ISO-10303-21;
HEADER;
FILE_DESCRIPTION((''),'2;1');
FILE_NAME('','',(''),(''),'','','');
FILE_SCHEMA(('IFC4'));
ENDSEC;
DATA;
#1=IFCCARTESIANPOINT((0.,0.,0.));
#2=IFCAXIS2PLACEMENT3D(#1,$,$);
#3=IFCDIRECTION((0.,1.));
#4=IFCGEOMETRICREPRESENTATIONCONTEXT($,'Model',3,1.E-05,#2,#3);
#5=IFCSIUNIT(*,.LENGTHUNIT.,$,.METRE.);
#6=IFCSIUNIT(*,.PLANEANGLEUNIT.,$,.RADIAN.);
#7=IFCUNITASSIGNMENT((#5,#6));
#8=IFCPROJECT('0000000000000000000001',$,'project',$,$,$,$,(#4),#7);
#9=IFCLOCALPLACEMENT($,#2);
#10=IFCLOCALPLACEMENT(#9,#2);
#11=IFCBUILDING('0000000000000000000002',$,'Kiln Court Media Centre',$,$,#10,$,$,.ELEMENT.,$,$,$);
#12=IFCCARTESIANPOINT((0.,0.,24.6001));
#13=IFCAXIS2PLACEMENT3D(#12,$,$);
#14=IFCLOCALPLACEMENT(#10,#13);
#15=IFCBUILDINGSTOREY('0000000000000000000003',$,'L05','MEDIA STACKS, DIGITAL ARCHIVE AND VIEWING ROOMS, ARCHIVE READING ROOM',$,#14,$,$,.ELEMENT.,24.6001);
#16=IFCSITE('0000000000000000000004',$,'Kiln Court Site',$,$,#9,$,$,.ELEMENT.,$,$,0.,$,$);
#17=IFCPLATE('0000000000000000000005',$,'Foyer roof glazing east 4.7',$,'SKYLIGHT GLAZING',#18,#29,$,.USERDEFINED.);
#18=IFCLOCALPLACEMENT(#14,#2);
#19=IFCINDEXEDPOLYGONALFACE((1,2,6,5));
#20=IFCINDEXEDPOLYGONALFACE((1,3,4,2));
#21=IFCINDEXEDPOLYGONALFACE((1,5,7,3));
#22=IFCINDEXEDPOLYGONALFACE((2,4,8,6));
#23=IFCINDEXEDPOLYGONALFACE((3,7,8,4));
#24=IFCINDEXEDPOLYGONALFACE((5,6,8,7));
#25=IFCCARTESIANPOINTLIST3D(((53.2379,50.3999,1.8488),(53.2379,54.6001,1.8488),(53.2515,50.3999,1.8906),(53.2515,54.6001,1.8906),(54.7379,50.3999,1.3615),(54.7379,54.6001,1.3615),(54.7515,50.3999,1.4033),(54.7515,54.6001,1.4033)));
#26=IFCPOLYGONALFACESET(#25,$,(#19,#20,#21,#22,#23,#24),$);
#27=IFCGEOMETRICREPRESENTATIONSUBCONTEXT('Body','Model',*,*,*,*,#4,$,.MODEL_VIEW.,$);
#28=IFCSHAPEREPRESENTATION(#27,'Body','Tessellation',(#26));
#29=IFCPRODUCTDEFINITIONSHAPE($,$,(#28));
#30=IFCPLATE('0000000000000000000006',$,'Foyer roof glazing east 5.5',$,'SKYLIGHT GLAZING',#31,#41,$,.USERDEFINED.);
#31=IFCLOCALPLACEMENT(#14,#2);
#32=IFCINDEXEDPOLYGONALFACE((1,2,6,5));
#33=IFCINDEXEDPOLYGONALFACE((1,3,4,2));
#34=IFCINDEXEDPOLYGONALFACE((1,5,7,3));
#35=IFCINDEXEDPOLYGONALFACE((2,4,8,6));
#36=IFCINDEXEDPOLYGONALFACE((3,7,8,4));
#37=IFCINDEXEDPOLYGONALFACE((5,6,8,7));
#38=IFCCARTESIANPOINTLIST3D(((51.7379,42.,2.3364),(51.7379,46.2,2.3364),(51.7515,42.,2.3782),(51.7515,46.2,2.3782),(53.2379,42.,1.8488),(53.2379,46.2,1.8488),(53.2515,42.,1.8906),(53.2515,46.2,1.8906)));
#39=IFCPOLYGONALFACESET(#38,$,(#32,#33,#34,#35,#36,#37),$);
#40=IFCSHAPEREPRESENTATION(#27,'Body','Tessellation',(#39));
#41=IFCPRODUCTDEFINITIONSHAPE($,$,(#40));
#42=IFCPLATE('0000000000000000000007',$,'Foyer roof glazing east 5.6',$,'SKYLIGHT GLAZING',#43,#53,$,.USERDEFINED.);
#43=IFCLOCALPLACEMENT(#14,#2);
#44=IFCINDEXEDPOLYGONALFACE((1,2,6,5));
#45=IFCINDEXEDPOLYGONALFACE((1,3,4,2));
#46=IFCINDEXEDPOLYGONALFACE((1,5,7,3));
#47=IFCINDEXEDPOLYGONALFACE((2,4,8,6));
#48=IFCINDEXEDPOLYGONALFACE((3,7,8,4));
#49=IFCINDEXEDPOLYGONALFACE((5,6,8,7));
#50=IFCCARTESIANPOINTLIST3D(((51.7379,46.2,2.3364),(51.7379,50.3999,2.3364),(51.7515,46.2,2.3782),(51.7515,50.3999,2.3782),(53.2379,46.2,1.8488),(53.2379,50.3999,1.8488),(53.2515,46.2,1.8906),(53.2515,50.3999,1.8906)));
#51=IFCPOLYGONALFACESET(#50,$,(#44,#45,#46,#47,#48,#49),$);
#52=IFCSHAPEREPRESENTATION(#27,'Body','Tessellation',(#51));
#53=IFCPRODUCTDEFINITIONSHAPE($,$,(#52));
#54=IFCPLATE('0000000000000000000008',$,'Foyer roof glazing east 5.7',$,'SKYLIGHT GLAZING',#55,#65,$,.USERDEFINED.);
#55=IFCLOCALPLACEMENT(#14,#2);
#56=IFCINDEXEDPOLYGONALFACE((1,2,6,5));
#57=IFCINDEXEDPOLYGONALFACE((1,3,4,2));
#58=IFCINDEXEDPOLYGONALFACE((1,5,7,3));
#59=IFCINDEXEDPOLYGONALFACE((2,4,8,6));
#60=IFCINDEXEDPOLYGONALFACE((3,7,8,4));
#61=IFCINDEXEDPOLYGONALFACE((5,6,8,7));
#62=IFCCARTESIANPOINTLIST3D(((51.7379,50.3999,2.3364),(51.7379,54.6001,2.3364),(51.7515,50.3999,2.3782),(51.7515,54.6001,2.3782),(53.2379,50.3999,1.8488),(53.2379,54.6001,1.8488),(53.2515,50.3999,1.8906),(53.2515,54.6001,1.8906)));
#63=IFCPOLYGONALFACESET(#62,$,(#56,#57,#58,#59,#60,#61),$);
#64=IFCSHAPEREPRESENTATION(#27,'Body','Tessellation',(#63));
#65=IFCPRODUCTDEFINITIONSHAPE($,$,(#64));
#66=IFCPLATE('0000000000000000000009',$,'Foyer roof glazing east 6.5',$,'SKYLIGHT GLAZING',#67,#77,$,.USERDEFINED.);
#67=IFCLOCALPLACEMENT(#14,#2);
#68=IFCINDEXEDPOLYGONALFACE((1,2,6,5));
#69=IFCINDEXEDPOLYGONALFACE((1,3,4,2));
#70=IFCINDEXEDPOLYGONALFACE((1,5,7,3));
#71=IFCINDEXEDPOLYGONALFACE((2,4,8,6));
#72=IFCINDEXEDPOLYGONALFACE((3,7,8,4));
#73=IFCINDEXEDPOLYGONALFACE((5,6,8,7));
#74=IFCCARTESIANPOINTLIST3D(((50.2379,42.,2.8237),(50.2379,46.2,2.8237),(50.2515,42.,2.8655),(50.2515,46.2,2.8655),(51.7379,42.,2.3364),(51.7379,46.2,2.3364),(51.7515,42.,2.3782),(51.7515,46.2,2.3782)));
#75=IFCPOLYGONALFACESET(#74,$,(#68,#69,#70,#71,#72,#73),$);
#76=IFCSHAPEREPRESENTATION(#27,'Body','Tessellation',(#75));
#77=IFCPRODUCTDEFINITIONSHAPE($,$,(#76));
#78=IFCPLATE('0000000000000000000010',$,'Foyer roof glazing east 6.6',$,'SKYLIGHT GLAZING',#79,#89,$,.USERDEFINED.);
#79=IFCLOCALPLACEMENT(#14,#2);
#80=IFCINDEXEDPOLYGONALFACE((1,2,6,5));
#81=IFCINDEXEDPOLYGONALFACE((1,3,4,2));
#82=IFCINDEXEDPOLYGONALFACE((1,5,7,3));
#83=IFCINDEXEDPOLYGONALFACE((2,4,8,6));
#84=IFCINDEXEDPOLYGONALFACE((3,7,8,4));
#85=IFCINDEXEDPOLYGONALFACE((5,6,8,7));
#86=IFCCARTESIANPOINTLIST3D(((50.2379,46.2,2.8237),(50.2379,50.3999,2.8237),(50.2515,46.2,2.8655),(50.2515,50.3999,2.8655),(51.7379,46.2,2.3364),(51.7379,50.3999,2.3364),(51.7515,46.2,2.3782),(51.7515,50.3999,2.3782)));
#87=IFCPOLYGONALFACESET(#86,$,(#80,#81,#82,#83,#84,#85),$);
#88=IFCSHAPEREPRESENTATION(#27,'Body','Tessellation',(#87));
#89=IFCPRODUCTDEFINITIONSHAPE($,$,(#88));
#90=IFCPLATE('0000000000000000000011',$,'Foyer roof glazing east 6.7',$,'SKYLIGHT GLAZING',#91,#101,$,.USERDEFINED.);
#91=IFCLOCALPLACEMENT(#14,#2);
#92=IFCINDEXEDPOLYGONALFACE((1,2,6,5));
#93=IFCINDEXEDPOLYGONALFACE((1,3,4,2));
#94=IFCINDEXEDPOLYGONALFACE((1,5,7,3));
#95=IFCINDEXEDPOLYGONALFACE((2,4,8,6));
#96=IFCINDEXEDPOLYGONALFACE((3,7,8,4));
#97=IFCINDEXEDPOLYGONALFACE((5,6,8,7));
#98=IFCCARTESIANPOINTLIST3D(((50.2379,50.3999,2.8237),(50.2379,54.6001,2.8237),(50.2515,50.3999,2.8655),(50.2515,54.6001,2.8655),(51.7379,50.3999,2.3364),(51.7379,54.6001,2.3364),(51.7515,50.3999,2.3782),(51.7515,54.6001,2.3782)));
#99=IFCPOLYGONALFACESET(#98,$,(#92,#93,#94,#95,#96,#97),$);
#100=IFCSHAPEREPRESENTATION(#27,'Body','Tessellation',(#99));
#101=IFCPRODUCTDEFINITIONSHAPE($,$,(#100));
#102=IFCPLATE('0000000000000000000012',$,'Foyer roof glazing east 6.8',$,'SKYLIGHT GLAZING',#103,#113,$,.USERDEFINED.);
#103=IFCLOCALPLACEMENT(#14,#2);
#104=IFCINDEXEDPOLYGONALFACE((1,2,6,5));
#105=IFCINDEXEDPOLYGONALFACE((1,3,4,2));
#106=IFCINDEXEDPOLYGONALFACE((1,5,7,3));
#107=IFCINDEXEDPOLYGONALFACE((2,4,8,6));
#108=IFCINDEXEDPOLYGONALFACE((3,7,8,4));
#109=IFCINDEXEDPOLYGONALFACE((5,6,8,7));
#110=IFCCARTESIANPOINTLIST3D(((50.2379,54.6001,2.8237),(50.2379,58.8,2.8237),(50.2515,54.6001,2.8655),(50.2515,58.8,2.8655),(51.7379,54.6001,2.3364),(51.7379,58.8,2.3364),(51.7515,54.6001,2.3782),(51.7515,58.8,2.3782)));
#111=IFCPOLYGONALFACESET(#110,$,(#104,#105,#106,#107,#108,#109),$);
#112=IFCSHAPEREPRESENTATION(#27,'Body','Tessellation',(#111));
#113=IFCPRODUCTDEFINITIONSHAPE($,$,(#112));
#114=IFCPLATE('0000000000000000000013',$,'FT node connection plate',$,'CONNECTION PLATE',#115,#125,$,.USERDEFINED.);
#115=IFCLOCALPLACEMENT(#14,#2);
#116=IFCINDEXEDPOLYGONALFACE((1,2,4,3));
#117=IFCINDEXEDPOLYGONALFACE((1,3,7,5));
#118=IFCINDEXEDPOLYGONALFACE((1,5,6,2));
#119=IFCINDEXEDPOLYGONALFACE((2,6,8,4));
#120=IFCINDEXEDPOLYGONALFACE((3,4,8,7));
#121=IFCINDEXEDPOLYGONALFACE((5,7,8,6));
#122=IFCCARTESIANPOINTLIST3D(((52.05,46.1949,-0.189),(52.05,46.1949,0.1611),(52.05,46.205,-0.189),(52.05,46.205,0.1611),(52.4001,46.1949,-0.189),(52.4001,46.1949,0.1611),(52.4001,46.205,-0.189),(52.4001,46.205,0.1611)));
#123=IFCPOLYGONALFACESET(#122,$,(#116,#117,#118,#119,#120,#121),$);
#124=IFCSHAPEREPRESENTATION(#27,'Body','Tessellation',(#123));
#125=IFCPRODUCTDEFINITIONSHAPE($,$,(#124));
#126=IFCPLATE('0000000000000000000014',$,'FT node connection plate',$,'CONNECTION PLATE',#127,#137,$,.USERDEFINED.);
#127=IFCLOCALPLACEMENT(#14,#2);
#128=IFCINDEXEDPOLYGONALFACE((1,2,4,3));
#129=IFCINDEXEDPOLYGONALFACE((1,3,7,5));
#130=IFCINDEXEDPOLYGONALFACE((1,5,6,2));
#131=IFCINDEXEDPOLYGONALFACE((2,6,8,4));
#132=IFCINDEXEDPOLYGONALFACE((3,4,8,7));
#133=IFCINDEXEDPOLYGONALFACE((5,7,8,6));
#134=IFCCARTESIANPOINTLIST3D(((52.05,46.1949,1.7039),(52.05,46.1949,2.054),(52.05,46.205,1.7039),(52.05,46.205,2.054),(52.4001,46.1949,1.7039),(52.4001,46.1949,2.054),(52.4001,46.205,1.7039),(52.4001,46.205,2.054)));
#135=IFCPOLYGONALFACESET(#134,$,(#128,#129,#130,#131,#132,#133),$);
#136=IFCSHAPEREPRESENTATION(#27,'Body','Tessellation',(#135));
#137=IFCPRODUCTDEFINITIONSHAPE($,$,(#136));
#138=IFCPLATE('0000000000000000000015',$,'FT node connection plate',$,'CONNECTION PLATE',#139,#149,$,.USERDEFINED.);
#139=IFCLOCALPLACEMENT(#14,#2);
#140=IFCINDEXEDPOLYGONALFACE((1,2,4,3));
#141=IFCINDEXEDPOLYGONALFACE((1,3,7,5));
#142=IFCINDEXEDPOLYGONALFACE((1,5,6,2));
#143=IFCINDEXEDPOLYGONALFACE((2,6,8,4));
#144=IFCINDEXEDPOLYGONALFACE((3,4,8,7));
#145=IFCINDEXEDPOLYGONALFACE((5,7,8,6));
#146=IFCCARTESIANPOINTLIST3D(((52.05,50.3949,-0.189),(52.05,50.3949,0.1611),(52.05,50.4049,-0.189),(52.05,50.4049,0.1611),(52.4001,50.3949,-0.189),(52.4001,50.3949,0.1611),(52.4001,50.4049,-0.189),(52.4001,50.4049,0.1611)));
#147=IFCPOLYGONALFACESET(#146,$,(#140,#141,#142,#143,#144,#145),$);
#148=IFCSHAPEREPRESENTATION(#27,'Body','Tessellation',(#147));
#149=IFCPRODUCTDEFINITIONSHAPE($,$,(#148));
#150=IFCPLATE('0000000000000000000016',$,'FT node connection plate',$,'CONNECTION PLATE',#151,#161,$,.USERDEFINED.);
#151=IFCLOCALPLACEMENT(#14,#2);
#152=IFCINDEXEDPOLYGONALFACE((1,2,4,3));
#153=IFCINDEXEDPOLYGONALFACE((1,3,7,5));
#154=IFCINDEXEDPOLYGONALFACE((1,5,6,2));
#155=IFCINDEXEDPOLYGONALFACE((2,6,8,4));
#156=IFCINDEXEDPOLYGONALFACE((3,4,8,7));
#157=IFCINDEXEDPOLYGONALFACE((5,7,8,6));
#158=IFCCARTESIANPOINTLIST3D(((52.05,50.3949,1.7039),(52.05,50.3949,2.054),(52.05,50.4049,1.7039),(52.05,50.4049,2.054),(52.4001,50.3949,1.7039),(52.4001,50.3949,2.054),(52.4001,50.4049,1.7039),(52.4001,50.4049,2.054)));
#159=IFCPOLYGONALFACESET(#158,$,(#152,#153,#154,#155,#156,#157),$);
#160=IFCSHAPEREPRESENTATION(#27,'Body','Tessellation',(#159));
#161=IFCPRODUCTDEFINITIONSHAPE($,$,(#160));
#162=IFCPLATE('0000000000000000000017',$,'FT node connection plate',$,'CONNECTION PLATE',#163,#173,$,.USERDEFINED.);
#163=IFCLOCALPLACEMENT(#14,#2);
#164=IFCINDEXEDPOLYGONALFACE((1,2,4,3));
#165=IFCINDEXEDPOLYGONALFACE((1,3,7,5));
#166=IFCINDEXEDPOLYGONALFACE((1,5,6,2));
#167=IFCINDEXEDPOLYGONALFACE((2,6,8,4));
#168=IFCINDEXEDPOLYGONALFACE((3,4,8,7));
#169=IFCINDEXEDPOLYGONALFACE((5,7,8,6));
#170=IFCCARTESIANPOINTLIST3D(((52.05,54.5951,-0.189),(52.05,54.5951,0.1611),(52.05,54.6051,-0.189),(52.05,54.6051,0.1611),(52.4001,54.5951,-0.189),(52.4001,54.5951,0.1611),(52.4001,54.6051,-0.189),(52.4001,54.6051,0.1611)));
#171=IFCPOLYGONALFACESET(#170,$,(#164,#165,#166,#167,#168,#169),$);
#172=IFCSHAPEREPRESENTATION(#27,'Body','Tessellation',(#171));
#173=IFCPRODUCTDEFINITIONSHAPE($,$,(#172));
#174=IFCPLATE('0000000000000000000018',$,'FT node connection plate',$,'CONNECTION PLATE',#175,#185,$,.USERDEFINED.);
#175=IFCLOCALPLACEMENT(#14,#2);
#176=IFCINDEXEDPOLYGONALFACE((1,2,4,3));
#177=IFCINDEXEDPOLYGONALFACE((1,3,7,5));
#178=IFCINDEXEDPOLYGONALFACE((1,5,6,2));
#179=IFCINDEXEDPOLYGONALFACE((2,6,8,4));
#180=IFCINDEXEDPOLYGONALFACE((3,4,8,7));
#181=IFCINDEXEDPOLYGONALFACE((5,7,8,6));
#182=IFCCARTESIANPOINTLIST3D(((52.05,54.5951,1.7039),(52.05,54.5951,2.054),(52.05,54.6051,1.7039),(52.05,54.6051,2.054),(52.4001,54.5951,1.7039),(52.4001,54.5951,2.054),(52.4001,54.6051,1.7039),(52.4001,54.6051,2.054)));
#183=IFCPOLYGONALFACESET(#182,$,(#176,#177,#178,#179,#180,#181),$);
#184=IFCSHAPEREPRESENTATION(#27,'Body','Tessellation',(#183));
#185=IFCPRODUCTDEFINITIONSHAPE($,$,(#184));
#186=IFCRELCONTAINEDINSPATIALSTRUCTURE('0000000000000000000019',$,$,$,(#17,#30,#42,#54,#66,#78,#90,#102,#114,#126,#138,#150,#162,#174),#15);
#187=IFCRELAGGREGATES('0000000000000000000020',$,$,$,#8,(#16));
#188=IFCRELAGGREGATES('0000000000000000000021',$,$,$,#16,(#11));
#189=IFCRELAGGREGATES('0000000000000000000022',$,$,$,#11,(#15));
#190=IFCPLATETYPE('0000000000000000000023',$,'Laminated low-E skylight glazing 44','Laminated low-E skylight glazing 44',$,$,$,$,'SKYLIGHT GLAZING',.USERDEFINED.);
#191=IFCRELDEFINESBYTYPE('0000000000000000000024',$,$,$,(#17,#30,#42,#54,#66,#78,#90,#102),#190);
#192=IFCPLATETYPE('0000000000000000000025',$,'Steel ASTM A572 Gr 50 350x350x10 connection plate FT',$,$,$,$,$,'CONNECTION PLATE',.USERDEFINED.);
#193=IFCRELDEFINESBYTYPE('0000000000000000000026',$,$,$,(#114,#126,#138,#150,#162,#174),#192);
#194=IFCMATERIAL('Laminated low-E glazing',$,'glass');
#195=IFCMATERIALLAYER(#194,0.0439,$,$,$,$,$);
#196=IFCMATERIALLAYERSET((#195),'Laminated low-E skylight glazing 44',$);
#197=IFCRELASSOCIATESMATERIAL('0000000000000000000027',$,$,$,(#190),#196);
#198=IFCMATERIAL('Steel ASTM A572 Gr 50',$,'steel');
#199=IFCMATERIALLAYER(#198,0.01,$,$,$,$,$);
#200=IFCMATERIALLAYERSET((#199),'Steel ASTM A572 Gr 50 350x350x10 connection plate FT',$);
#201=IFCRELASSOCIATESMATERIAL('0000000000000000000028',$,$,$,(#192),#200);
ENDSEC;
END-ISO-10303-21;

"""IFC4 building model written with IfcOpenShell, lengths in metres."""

from ifc_helpers import new_model, si_unit, direction, frame, origin, origin_2d, place, context, subcontext, project, spatial, polyline, rectangle, outline, extrude, material, layer, layer_set, type_object, element, save


model = new_model("IFC4")

# Units and contexts
model_context = context("Model", 3, precision=1e-05, world=origin(), true_north=direction((0.0, 1.0)))
body_context = subcontext(model_context, "Body", "Model", "MODEL_VIEW")
ifc_project = project(units=[si_unit("LENGTHUNIT", "METRE"), si_unit("PLANEANGLEUNIT", "RADIAN")], contexts=[model_context])

# Site, building, storey
site_placement = place(None, origin())
site = spatial("IfcSite", under=ifc_project, at=site_placement, Name="Kiln Court Site", CompositionType="ELEMENT", RefElevation=0.0)
building_placement = place(site_placement, origin())
building = spatial("IfcBuilding", under=site, at=building_placement, Name="Kiln Court Media Centre", CompositionType="ELEMENT")
storey_placement = place(building_placement, frame((0.0, 0.0, 24.6001)))
storey = spatial("IfcBuildingStorey", under=building, at=storey_placement, Name="L05", Description="MEDIA STACKS, DIGITAL ARCHIVE AND VIEWING ROOMS, ARCHIVE READING ROOM", CompositionType="ELEMENT", Elevation=24.6001)

# Plates
ifc_material_1 = material(Name="Laminated low-E glazing", Category="glass")
ifc_layer_1 = layer(ifc_material_1, 0.0439)
ifc_layer_set_1 = layer_set([ifc_layer_1], Name="Laminated low-E skylight glazing 44")
plate_type_1 = type_object("IfcPlateType", Name="Laminated low-E skylight glazing 44", Description="Laminated low-E skylight glazing 44", ElementType="SKYLIGHT GLAZING", PredefinedType="USERDEFINED", material=ifc_layer_set_1)
plate_1_placement = place(storey_placement, frame((54.7515, 54.6001, 1.4033), z_axis=(0.308974, 0.0, 0.95107), x_axis=(-0.95107, 0.0, 0.308974)))
element("IfcPlate", 1, at=plate_1_placement, inside=storey, type_object=plate_type_1, Name="Foyer roof glazing east 4.7", ObjectType="SKYLIGHT GLAZING", PredefinedType="USERDEFINED", context=body_context, shape_type="SweptSolid", body=[
    extrude(outline(polyline([(0.0, 0.0), (1.5772, 0.0), (1.5772, 4.2002), (0.0, 4.2002), (0.0, 0.0)])), origin(), (0.0, 0.0, -1.0), 0.0439),
])
for number, where, z_axis, x_axis, name in (
    (2, (53.2515, 46.2, 1.8906), (0.309114, 0.0, 0.951025), (-0.951025, 0.0, 0.309114), "Foyer roof glazing east 5.5"),
    (3, (53.2515, 50.3999, 1.8906), (0.309114, 0.0, 0.951025), (-0.951025, 0.0, 0.309114), "Foyer roof glazing east 5.6"),
):
    element("IfcPlate", number, at=place(storey_placement, frame(where, z_axis=z_axis, x_axis=x_axis)), inside=storey, type_object=plate_type_1, Name=name, ObjectType="SKYLIGHT GLAZING", PredefinedType="USERDEFINED", context=body_context, shape_type="SweptSolid", body=[
        extrude(outline(polyline([(0.0, 0.0), (1.5772, 0.0), (1.5772, 4.2), (0.0, 4.2), (0.0, 0.0)])), origin(), (0.0, 0.0, -1.0), 0.0439),
    ])
plate_2_placement = place(storey_placement, frame((53.2515, 54.6001, 1.8906), z_axis=(0.309114, 0.0, 0.951025), x_axis=(-0.951025, 0.0, 0.309114)))
element("IfcPlate", 4, at=plate_2_placement, inside=storey, type_object=plate_type_1, Name="Foyer roof glazing east 5.7", ObjectType="SKYLIGHT GLAZING", PredefinedType="USERDEFINED", context=body_context, shape_type="SweptSolid", body=[
    extrude(outline(polyline([(0.0, 0.0), (1.5772, 0.0), (1.5772, 4.2002), (0.0, 4.2002), (0.0, 0.0)])), origin(), (0.0, 0.0, -1.0), 0.0439),
])
for number, where, z_axis, x_axis, name in (
    (5, (51.7515, 46.2, 2.3782), (0.308974, 0.0, 0.95107), (-0.95107, 0.0, 0.308974), "Foyer roof glazing east 6.5"),
    (6, (51.7515, 50.3999, 2.3782), (0.308974, 0.0, 0.95107), (-0.95107, 0.0, 0.308974), "Foyer roof glazing east 6.6"),
):
    element("IfcPlate", number, at=place(storey_placement, frame(where, z_axis=z_axis, x_axis=x_axis)), inside=storey, type_object=plate_type_1, Name=name, ObjectType="SKYLIGHT GLAZING", PredefinedType="USERDEFINED", context=body_context, shape_type="SweptSolid", body=[
        extrude(outline(polyline([(0.0, 0.0), (1.5772, 0.0), (1.5772, 4.2), (0.0, 4.2), (0.0, 0.0)])), origin(), (0.0, 0.0, -1.0), 0.0439),
    ])
plate_3_placement = place(storey_placement, frame((51.7515, 54.6001, 2.3782), z_axis=(0.308974, 0.0, 0.95107), x_axis=(-0.95107, 0.0, 0.308974)))
element("IfcPlate", 7, at=plate_3_placement, inside=storey, type_object=plate_type_1, Name="Foyer roof glazing east 6.7", ObjectType="SKYLIGHT GLAZING", PredefinedType="USERDEFINED", context=body_context, shape_type="SweptSolid", body=[
    extrude(outline(polyline([(0.0, 0.0), (1.5772, 0.0), (1.5772, 4.2002), (0.0, 4.2002), (0.0, 0.0)])), origin(), (0.0, 0.0, -1.0), 0.0439),
])
plate_4_placement = place(storey_placement, frame((51.7515, 58.8, 2.3782), z_axis=(0.308974, 0.0, 0.95107), x_axis=(-0.95107, 0.0, 0.308974)))
element("IfcPlate", 8, at=plate_4_placement, inside=storey, type_object=plate_type_1, Name="Foyer roof glazing east 6.8", ObjectType="SKYLIGHT GLAZING", PredefinedType="USERDEFINED", context=body_context, shape_type="SweptSolid", body=[
    extrude(outline(polyline([(0.0, 0.0), (1.5772, 0.0), (1.5772, 4.2), (0.0, 4.2), (0.0, 0.0)])), origin(), (0.0, 0.0, -1.0), 0.0439),
])
ifc_material_2 = material(Name="Steel ASTM A572 Gr 50", Category="steel")
ifc_layer_2 = layer(ifc_material_2, 0.01)
ifc_layer_set_2 = layer_set([ifc_layer_2], Name="Steel ASTM A572 Gr 50 350x350x10 connection plate FT")
plate_type_2 = type_object("IfcPlateType", Name="Steel ASTM A572 Gr 50 350x350x10 connection plate FT", ElementType="CONNECTION PLATE", PredefinedType="USERDEFINED", material=ifc_layer_set_2)
for number, where, z_axis, x_axis, name in (
    (9, (52.2251, 46.2, -0.189), (0.0, 0.0, 1.0), (1.0, 0.0, 0.0), "FT node connection plate"),
    (10, (52.2251, 46.2, 1.7039), (0.0, 0.0, 1.0), (1.0, 0.0, 0.0), "FT node connection plate"),
    (11, (52.2251, 50.3999, -0.189), (0.0, 0.0, 1.0), (1.0, 0.0, 0.0), "FT node connection plate"),
    (12, (52.2251, 50.3999, 1.7039), (0.0, 0.0, 1.0), (1.0, 0.0, 0.0), "FT node connection plate"),
    (13, (52.2251, 54.6001, -0.189), (0.0, 0.0, 1.0), (1.0, 0.0, 0.0), "FT node connection plate"),
    (14, (52.2251, 54.6001, 1.7039), (0.0, 0.0, 1.0), (1.0, 0.0, 0.0), "FT node connection plate"),
):
    element("IfcPlate", number, at=place(storey_placement, frame(where, z_axis=z_axis, x_axis=x_axis)), inside=storey, type_object=plate_type_2, Name=name, ObjectType="CONNECTION PLATE", PredefinedType="USERDEFINED", context=body_context, shape_type="SweptSolid", body=[
        extrude(rectangle(XDim=0.3501, YDim=0.01, at=origin_2d()), origin(), (0.0, 0.0, 1.0), 0.3501),
    ])

save(model, "model.ifc")
